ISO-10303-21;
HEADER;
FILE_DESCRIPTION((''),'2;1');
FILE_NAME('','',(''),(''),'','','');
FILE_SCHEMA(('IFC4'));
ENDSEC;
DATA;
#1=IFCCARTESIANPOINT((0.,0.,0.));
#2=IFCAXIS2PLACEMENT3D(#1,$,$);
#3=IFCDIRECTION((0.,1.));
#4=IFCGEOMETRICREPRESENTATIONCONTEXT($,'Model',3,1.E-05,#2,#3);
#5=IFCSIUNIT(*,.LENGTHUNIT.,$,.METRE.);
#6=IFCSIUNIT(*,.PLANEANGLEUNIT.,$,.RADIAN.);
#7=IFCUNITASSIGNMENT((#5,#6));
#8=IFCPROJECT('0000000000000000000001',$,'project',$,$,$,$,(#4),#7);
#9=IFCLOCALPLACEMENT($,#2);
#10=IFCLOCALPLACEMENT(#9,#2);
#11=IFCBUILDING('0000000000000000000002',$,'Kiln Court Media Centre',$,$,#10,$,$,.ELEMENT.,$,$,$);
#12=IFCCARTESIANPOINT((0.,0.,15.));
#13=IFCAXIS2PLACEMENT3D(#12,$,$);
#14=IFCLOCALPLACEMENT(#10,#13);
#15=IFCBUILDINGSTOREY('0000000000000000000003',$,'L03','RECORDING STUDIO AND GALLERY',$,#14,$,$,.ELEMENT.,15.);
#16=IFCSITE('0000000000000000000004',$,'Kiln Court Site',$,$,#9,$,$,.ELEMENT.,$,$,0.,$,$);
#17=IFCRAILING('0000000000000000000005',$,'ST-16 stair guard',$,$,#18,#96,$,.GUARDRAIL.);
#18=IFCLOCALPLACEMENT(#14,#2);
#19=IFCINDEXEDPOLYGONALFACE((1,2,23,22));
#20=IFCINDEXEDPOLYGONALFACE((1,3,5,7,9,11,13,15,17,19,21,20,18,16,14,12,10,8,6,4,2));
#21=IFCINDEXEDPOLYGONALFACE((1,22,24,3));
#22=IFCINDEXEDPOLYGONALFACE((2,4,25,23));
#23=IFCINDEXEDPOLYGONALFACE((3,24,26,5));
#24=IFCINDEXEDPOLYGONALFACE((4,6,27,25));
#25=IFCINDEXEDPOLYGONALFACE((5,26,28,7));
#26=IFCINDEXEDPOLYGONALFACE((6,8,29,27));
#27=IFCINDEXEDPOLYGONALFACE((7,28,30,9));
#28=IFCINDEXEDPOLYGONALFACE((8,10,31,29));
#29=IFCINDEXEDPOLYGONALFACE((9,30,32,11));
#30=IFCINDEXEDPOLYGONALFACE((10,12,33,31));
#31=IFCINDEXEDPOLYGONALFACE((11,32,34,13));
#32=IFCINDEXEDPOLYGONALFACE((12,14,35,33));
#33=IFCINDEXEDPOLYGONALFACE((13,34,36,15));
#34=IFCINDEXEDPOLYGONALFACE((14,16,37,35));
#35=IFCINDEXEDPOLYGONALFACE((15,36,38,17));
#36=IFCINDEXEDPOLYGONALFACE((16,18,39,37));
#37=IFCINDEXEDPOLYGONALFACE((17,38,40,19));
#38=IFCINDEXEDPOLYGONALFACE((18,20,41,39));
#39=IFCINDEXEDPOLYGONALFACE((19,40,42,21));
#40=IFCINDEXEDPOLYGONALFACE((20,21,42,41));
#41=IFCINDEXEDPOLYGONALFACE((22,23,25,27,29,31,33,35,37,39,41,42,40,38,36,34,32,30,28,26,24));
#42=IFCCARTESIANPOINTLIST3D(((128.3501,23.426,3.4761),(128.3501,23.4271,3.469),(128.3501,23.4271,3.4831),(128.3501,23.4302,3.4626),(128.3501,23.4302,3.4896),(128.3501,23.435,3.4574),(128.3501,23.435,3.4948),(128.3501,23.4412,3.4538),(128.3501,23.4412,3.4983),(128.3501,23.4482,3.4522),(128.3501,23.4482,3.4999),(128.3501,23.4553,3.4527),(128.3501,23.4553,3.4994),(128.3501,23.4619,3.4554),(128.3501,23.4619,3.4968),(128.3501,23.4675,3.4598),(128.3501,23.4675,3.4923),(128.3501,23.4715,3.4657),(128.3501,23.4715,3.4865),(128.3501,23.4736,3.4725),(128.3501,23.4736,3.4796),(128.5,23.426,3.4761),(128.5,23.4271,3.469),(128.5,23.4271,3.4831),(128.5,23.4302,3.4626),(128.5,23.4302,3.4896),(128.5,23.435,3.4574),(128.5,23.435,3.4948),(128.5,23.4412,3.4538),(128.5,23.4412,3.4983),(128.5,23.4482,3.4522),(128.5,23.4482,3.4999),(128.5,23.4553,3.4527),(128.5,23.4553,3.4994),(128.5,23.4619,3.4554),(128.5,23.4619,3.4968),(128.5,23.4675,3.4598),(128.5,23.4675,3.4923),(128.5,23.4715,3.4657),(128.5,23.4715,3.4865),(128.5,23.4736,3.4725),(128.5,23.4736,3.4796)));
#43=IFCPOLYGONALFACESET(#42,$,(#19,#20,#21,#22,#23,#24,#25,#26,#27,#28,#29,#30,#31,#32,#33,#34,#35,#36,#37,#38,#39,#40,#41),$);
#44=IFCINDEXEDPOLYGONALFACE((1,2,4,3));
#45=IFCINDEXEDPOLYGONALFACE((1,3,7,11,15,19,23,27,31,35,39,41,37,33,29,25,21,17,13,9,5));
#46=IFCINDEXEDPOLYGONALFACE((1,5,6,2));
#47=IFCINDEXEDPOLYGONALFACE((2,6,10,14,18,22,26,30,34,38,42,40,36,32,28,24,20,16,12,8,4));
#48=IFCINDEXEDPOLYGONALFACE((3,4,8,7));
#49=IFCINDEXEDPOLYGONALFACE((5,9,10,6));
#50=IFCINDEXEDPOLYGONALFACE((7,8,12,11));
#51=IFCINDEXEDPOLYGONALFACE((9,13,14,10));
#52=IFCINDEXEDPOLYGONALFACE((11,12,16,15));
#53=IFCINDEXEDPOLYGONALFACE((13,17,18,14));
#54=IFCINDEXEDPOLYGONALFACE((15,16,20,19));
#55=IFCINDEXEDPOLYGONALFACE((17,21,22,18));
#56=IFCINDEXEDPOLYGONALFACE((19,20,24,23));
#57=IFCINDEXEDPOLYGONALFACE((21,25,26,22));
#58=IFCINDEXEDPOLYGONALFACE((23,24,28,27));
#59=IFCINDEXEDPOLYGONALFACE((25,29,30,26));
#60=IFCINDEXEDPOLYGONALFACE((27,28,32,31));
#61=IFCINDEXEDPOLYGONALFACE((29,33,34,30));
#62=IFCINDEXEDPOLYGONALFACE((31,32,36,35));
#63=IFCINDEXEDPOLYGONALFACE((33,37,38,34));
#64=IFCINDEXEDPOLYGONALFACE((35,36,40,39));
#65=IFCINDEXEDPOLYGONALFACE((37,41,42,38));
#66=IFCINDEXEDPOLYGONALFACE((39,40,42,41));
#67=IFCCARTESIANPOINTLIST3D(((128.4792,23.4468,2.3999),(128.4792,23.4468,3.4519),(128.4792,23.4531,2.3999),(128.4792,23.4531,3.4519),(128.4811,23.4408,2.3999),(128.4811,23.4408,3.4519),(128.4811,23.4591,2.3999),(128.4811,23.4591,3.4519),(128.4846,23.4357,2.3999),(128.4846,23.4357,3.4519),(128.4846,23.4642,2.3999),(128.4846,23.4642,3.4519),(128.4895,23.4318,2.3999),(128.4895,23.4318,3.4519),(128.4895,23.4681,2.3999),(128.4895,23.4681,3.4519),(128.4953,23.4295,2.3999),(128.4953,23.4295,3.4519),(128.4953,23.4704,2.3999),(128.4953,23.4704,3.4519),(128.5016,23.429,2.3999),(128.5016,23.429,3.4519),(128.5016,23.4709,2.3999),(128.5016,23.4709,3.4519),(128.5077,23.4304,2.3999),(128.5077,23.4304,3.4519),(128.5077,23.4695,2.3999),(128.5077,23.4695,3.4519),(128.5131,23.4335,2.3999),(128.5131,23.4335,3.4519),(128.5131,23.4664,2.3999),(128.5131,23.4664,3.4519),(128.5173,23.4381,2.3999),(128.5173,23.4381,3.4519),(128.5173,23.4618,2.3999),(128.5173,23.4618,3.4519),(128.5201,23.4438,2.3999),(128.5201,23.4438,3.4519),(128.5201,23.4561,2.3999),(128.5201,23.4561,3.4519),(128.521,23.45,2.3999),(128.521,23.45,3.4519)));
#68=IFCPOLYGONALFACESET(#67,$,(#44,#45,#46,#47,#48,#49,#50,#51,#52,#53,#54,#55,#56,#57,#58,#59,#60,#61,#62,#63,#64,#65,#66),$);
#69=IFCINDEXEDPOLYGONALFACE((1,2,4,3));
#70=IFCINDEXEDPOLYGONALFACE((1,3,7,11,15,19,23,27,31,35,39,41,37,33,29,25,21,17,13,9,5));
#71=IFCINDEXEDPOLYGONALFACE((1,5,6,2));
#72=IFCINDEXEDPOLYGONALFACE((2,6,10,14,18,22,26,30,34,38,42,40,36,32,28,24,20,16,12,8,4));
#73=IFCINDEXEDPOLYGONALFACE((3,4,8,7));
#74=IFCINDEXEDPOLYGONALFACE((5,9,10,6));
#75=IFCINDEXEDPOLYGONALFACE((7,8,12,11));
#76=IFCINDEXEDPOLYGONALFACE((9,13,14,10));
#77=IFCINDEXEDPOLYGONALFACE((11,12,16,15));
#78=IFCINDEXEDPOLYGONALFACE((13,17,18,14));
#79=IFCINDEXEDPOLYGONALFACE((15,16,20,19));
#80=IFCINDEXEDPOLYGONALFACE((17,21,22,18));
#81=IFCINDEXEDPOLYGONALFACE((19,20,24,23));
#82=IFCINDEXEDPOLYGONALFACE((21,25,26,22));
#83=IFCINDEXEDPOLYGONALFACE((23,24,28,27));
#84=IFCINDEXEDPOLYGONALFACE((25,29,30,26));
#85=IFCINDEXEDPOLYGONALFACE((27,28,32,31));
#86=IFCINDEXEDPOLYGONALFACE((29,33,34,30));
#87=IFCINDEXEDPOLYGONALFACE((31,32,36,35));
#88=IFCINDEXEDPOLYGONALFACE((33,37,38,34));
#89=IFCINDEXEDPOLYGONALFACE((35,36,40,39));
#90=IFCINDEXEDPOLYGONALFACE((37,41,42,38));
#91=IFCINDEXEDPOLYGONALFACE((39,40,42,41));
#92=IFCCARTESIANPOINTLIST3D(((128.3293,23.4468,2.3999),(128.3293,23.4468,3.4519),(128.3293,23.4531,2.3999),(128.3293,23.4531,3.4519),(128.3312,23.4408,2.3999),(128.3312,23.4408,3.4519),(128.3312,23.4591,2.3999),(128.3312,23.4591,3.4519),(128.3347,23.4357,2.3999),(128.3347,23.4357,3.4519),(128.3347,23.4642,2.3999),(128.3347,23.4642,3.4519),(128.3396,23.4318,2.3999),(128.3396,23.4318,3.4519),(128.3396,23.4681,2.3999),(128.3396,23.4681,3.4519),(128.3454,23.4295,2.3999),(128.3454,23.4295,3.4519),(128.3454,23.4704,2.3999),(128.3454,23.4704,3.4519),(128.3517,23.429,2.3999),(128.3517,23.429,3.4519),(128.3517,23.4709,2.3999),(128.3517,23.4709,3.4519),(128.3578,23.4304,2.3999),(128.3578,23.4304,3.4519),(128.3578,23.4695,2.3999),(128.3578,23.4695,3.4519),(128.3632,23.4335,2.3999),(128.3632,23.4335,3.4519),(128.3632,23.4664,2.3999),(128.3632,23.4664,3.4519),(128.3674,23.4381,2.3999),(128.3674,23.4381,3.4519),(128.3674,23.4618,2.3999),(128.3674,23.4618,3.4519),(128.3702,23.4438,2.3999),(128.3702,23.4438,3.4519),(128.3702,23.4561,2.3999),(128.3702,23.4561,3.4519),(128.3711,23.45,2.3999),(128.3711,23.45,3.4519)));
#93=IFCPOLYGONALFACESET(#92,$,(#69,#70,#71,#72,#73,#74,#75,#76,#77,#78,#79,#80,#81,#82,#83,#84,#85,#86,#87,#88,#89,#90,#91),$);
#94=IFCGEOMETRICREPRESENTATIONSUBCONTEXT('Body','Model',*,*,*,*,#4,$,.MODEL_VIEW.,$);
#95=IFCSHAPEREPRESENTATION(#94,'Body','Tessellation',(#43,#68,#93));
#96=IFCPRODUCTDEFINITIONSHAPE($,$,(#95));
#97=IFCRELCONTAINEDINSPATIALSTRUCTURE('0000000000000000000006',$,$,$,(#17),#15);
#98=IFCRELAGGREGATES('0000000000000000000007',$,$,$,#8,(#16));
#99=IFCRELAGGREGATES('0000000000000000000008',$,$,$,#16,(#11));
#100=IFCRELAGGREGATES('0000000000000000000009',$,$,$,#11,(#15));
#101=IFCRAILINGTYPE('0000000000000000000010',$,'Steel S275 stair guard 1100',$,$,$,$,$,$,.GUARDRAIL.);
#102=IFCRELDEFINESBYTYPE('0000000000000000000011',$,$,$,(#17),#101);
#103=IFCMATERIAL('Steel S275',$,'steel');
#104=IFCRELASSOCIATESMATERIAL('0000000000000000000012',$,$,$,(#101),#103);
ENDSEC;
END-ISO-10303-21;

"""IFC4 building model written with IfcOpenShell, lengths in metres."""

from ifc_helpers import new_model, si_unit, direction, frame, origin, origin_2d, place, context, subcontext, project, spatial, circle, extrude, material, type_object, element, save


model = new_model("IFC4")

# Units and contexts
model_context = context("Model", 3, precision=1e-05, world=origin(), true_north=direction((0.0, 1.0)))
body_context = subcontext(model_context, "Body", "Model", "MODEL_VIEW")
ifc_project = project(units=[si_unit("LENGTHUNIT", "METRE"), si_unit("PLANEANGLEUNIT", "RADIAN")], contexts=[model_context])

# Site, building, storey
site_placement = place(None, origin())
site = spatial("IfcSite", under=ifc_project, at=site_placement, Name="Kiln Court Site", CompositionType="ELEMENT", RefElevation=0.0)
building_placement = place(site_placement, origin())
building = spatial("IfcBuilding", under=site, at=building_placement, Name="Kiln Court Media Centre", CompositionType="ELEMENT")
storey_placement = place(building_placement, frame((0.0, 0.0, 15.0)))
storey = spatial("IfcBuildingStorey", under=building, at=storey_placement, Name="L03", Description="RECORDING STUDIO AND GALLERY", CompositionType="ELEMENT", Elevation=15.0)

# Railing
ifc_material_1 = material(Name="Steel S275", Category="steel")
railing_type = type_object("IfcRailingType", Name="Steel S275 stair guard 1100", PredefinedType="GUARDRAIL", material=ifc_material_1)
railing_1_placement = place(storey_placement, frame((128.5, 23.45, 2.3999)))
element("IfcRailing", 1, at=railing_1_placement, inside=storey, type_object=railing_type, Name="ST-16 stair guard", PredefinedType="GUARDRAIL", context=body_context, shape_type="SweptSolid", body=[
    extrude(circle(Radius=0.0239, at=origin_2d()), frame((0.0, 0.0, 1.0762), z_axis=(-1.0, 0.0, 0.0), x_axis=(0.0, -1.0, 0.0)), (0.0, 0.0, 1.0), 0.1499),
    extrude(circle(Radius=0.021, at=origin_2d()), origin(), (0.0, 0.0, 1.0), 1.052),
    extrude(circle(Radius=0.021, at=origin_2d()), frame((-0.1499, 0.0, 0.0)), (0.0, 0.0, 1.0), 1.052),
])

save(model, "model.ifc")
